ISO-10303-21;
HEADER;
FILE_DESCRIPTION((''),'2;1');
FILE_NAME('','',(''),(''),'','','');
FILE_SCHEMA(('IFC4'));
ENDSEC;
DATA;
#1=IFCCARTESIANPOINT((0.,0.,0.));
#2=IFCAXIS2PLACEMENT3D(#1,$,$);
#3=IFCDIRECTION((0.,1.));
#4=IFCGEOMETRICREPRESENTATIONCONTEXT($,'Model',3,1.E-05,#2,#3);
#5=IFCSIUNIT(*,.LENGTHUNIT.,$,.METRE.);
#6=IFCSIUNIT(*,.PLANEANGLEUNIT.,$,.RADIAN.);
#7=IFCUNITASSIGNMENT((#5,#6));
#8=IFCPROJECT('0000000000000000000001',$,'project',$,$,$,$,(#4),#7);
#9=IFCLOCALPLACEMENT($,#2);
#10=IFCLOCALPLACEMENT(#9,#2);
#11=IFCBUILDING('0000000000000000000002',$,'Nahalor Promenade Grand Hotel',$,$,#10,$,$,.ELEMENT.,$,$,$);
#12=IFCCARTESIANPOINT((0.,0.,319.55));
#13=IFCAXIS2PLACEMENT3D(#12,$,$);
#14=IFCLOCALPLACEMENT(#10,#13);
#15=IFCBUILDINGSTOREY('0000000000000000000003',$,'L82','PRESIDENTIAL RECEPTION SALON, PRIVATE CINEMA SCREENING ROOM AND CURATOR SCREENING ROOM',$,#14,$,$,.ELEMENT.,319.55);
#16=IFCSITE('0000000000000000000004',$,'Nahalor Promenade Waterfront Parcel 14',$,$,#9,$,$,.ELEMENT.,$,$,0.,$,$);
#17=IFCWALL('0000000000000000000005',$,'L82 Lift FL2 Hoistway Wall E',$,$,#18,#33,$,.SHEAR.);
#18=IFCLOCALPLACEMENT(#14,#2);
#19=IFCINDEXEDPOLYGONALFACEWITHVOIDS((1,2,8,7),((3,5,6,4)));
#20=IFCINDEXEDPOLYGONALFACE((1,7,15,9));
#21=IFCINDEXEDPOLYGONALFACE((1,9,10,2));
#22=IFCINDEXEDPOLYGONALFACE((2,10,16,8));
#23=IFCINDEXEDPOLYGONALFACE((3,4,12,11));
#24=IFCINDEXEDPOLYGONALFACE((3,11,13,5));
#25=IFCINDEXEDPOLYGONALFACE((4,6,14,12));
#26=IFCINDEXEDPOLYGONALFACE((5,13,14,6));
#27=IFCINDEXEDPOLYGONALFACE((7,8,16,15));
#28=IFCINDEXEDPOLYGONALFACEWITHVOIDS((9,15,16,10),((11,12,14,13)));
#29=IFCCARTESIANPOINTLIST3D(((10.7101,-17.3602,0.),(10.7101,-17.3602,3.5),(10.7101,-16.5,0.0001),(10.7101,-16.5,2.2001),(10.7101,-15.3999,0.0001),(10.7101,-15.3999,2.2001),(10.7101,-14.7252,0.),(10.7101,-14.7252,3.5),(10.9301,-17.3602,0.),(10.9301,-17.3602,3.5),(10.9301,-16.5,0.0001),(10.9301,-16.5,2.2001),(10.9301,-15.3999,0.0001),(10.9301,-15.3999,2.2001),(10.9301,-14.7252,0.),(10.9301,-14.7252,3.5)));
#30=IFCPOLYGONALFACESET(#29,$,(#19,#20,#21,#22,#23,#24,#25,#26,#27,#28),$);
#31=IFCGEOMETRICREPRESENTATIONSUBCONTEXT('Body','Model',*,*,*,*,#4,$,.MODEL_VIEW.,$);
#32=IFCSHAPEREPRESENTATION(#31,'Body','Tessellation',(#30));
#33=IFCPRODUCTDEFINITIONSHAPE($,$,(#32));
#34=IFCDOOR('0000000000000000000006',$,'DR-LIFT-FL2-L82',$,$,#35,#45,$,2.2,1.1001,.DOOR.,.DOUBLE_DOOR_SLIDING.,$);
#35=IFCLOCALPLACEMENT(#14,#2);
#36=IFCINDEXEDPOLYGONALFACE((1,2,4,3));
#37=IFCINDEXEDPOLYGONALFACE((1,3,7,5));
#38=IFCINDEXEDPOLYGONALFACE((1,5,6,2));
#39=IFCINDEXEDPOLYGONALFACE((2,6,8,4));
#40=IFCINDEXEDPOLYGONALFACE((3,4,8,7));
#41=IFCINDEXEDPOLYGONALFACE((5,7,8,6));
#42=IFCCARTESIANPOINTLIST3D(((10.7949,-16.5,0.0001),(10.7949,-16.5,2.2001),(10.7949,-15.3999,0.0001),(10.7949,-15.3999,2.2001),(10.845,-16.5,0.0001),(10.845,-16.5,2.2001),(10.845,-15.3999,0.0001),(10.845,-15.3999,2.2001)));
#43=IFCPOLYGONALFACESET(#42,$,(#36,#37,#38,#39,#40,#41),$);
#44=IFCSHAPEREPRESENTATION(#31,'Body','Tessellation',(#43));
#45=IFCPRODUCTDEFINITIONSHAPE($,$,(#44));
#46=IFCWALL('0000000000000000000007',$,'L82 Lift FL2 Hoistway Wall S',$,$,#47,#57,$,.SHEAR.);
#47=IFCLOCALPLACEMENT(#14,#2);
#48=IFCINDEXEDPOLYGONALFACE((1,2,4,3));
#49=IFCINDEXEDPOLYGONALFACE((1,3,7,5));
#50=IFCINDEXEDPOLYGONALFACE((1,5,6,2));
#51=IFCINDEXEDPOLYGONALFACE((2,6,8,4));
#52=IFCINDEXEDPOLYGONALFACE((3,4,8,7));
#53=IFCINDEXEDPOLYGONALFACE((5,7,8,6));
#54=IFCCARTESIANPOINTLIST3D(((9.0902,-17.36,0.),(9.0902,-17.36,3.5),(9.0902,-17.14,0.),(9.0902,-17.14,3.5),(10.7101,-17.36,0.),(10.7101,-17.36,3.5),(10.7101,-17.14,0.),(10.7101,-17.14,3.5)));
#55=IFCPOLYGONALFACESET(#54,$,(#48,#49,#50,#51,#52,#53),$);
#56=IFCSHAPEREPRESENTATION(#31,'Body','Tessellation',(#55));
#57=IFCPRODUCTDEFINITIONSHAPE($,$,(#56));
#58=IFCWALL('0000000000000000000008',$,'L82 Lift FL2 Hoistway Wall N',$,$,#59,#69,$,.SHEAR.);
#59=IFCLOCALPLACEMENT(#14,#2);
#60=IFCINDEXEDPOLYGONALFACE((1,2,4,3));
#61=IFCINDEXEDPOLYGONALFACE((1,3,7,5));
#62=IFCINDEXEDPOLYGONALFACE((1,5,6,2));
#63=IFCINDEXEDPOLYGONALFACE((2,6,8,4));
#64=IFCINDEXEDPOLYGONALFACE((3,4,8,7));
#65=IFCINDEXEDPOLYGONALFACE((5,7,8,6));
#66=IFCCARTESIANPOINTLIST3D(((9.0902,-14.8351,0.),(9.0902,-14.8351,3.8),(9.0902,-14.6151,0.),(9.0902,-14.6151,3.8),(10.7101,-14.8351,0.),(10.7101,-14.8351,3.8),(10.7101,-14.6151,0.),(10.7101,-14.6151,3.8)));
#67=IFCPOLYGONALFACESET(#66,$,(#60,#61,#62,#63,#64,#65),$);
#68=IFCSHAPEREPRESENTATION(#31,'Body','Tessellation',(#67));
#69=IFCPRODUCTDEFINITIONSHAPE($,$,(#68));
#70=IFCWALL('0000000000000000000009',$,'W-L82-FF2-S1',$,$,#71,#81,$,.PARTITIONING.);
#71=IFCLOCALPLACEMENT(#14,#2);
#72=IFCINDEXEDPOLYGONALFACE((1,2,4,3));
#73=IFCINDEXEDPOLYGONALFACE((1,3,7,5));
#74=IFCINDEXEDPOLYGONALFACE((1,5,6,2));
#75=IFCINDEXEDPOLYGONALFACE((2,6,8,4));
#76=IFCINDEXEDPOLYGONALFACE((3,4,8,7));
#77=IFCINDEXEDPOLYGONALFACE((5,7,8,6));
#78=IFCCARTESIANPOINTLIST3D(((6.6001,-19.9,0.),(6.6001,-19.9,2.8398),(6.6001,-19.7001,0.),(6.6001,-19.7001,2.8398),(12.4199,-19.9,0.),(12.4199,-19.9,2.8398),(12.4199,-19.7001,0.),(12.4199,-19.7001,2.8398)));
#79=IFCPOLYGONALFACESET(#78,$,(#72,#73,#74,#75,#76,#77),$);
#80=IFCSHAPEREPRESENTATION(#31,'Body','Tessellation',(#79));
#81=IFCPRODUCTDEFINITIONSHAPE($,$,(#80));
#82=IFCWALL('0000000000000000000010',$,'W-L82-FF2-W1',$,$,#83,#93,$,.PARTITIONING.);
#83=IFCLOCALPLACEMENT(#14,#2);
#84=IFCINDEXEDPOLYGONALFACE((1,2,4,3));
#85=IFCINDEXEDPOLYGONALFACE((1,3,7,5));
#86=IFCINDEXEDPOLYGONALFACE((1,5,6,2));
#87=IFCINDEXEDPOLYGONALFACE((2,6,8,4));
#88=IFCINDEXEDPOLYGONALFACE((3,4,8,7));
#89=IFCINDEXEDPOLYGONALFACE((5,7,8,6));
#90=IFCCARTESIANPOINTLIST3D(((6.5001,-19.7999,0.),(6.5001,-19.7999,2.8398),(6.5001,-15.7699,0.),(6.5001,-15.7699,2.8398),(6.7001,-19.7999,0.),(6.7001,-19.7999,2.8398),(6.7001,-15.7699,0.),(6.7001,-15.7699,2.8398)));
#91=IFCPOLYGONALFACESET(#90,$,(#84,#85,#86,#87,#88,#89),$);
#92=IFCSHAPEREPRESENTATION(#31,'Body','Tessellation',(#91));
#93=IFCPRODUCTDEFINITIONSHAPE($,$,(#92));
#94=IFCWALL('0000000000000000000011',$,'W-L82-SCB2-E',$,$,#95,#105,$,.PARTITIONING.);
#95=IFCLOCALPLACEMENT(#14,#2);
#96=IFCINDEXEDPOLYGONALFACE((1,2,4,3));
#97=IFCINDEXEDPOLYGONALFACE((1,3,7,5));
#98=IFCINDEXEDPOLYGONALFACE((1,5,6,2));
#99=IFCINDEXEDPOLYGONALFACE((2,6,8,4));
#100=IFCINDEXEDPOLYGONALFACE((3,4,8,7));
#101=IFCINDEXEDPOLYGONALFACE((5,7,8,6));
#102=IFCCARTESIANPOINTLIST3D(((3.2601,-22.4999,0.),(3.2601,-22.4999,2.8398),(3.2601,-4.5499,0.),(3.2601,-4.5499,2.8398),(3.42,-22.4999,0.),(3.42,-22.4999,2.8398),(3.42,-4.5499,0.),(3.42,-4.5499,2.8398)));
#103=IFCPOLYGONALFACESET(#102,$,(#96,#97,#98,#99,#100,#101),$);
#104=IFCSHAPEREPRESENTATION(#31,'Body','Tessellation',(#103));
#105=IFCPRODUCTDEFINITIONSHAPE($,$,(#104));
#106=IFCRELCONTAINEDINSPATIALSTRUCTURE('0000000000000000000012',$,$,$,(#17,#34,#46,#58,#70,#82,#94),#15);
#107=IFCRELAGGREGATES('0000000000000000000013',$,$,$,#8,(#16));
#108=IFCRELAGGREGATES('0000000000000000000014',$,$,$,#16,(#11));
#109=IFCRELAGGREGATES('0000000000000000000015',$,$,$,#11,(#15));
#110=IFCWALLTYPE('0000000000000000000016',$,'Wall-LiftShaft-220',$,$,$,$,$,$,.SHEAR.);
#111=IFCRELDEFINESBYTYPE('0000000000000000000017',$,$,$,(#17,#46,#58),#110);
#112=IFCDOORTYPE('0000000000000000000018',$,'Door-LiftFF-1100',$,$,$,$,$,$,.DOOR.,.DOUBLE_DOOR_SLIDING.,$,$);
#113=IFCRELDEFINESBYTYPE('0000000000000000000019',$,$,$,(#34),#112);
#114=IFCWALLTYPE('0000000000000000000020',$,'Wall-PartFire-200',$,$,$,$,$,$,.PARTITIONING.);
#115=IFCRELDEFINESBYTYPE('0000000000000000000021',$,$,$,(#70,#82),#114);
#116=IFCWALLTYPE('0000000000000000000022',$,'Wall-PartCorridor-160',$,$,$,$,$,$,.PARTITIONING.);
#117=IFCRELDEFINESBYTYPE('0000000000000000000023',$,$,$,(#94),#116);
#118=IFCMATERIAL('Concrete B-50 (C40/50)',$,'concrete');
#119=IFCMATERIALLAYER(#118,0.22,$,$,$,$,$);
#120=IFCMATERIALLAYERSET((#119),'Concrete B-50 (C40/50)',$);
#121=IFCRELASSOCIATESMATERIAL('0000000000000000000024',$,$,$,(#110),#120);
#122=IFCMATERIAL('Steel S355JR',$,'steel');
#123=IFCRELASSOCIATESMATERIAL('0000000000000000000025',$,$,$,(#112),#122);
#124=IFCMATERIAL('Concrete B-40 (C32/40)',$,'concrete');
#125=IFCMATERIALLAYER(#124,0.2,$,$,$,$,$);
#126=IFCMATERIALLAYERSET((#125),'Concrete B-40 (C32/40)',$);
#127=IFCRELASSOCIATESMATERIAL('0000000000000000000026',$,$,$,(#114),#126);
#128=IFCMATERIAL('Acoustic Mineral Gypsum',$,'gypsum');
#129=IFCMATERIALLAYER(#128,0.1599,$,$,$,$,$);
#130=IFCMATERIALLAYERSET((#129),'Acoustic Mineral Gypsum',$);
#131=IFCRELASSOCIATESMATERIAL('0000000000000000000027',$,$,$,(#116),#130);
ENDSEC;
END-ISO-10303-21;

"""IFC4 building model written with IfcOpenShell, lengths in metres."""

from ifc_helpers import new_model, si_unit, direction, frame, frame_2d, origin, place, context, subcontext, project, spatial, rectangle, extrude, source, transform, mapped, material, layer, layer_set, type_object, element, fill, save


model = new_model("IFC4")

# Units and contexts
model_context = context("Model", 3, precision=1e-05, world=origin(), true_north=direction((0.0, 1.0)))
body_context = subcontext(model_context, "Body", "Model", "MODEL_VIEW")
ifc_project = project(units=[si_unit("LENGTHUNIT", "METRE"), si_unit("PLANEANGLEUNIT", "RADIAN")], contexts=[model_context])

# Site, building, storey
site_placement = place(None, origin())
site = spatial("IfcSite", under=ifc_project, at=site_placement, Name="Nahalor Promenade Waterfront Parcel 14", CompositionType="ELEMENT", RefElevation=0.0)
building_placement = place(site_placement, origin())
building = spatial("IfcBuilding", under=site, at=building_placement, Name="Nahalor Promenade Grand Hotel", CompositionType="ELEMENT")
storey_placement = place(building_placement, frame((0.0, 0.0, 319.55)))
storey = spatial("IfcBuildingStorey", under=building, at=storey_placement, Name="L82", Description="PRESIDENTIAL RECEPTION SALON, PRIVATE CINEMA SCREENING ROOM AND CURATOR SCREENING ROOM", CompositionType="ELEMENT", Elevation=319.55)

# Shared definitions
ifc_material_1 = material(Name="Concrete B-50 (C40/50)", Category="concrete")
ifc_material_2 = material(Name="Steel S355JR", Category="steel")

# Shared definitions
ifc_layer_1 = layer(ifc_material_1, 0.22)
ifc_layer_set_1 = layer_set([ifc_layer_1], Name="Concrete B-50 (C40/50)")
wall_type_1 = type_object("IfcWallType", Name="Wall-LiftShaft-220", PredefinedType="SHEAR", material=ifc_layer_set_1)

# Shared definitions
shared_shape_1 = source(origin(), body_context, "Body", "SweptSolid", [
    extrude(rectangle(XDim=2.635, YDim=0.22, at=frame_2d((1.3174, 0.0))), origin(), (0.0, 0.0, 1.0), 3.5),
])

# Wall, opening, door
wall_1_placement = place(storey_placement, frame((10.8201, -17.3601, 0.0), z_axis=(0.0, 0.0, 1.0), x_axis=(0.0, 1.0, 0.0)))
wall_1 = element("IfcWall", 1, at=wall_1_placement, inside=storey, type_object=wall_type_1, Name="L82 Lift FL2 Hoistway Wall E", PredefinedType="SHEAR", context=body_context, shape_type="MappedRepresentation", body=[
    mapped(shared_shape_1, transform((0.0, 0.0, 0.0), scale=1.0)),
])
opening_1_placement = place(wall_1_placement, frame((0.8601, 0.0, 0.0)))
opening_1 = element("IfcOpeningElement", 2, at=opening_1_placement, cuts=wall_1, PredefinedType="OPENING", context=body_context, shape_type="SweptSolid", body=[
    extrude(rectangle(XDim=1.1001, YDim=2.2, at=frame_2d((0.55, 1.1001))), frame((0.0, 0.1199, 0.0), z_axis=(0.0, -1.0, 0.0), x_axis=(1.0, 0.0, 0.0)), (0.0, 0.0, 1.0), 0.24),
])
door_type_1 = type_object("IfcDoorType", Name="Door-LiftFF-1100", OperationType="DOUBLE_DOOR_SLIDING", PredefinedType="DOOR", material=ifc_material_2)
shared_shape_2 = source(origin(), body_context, "Body", "SweptSolid", [
    extrude(rectangle(XDim=1.1001, YDim=2.2, at=frame_2d((0.55, 1.1001))), frame((0.0, 0.0249, 0.0), z_axis=(0.0, -1.0, 0.0), x_axis=(1.0, 0.0, 0.0)), (0.0, 0.0, 1.0), 0.05),
])
door_1_placement = place(opening_1_placement, frame((1.1001, 0.0, 0.0), z_axis=(0.0, 0.0, 1.0), x_axis=(-1.0, 0.0, 0.0)))
door_1 = element("IfcDoor", 3, at=door_1_placement, inside=storey, type_object=door_type_1, Name="DR-LIFT-FL2-L82", OperationType="DOUBLE_DOOR_SLIDING", OverallHeight=2.2, OverallWidth=1.1001, PredefinedType="DOOR", context=body_context, shape_type="MappedRepresentation", body=[
    mapped(shared_shape_2, transform((0.0, 0.0, 0.0), scale=1.0)),
])
fill(opening_1, door_1)

# Walls
shared_shape_3 = source(origin(), body_context, "Body", "SweptSolid", [
    extrude(rectangle(XDim=1.6199, YDim=0.22, at=frame_2d((0.8101, 0.0))), origin(), (0.0, 0.0, 1.0), 3.5),
])
wall_2_placement = place(storey_placement, frame((9.0901, -17.25, 0.0), z_axis=(0.0, 0.0, 1.0), x_axis=(1.0, 0.0, 0.0)))
element("IfcWall", 4, at=wall_2_placement, inside=storey, type_object=wall_type_1, Name="L82 Lift FL2 Hoistway Wall S", PredefinedType="SHEAR", context=body_context, shape_type="MappedRepresentation", body=[
    mapped(shared_shape_3, transform((0.0, 0.0, 0.0), scale=1.0)),
])
shared_shape_4 = source(origin(), body_context, "Body", "SweptSolid", [
    extrude(rectangle(XDim=1.6199, YDim=0.22, at=frame_2d((0.8101, 0.0))), origin(), (0.0, 0.0, 1.0), 3.8),
])
wall_3_placement = place(storey_placement, frame((9.0901, -14.7251, 0.0), z_axis=(0.0, 0.0, 1.0), x_axis=(1.0, 0.0, 0.0)))
element("IfcWall", 5, at=wall_3_placement, inside=storey, type_object=wall_type_1, Name="L82 Lift FL2 Hoistway Wall N", PredefinedType="SHEAR", context=body_context, shape_type="MappedRepresentation", body=[
    mapped(shared_shape_4, transform((0.0, 0.0, 0.0), scale=1.0)),
])
ifc_material_3 = material(Name="Concrete B-40 (C32/40)", Category="concrete")
ifc_layer_2 = layer(ifc_material_3, 0.2)
ifc_layer_set_2 = layer_set([ifc_layer_2], Name="Concrete B-40 (C32/40)")
wall_type_2 = type_object("IfcWallType", Name="Wall-PartFire-200", PredefinedType="PARTITIONING", material=ifc_layer_set_2)
shared_shape_5 = source(origin(), body_context, "Body", "SweptSolid", [
    extrude(rectangle(XDim=5.8198, YDim=0.2, at=frame_2d((2.9099, 0.0))), origin(), (0.0, 0.0, 1.0), 2.8398),
])
wall_4_placement = place(storey_placement, frame((6.6001, -19.8, 0.0), z_axis=(0.0, 0.0, 1.0), x_axis=(1.0, 0.0, 0.0)))
element("IfcWall", 6, at=wall_4_placement, inside=storey, type_object=wall_type_2, Name="W-L82-FF2-S1", PredefinedType="PARTITIONING", context=body_context, shape_type="MappedRepresentation", body=[
    mapped(shared_shape_5, transform((0.0, 0.0, 0.0), scale=1.0)),
])
shared_shape_6 = source(origin(), body_context, "Body", "SweptSolid", [
    extrude(rectangle(XDim=4.03, YDim=0.2, at=frame_2d((2.0151, 0.0))), origin(), (0.0, 0.0, 1.0), 2.8398),
])
wall_5_placement = place(storey_placement, frame((6.6001, -19.8, 0.0), z_axis=(0.0, 0.0, 1.0), x_axis=(0.0, 1.0, 0.0)))
element("IfcWall", 7, at=wall_5_placement, inside=storey, type_object=wall_type_2, Name="W-L82-FF2-W1", PredefinedType="PARTITIONING", context=body_context, shape_type="MappedRepresentation", body=[
    mapped(shared_shape_6, transform((0.0, 0.0, 0.0), scale=1.0)),
])
ifc_material_4 = material(Name="Acoustic Mineral Gypsum", Category="gypsum")
ifc_layer_3 = layer(ifc_material_4, 0.1599)
ifc_layer_set_3 = layer_set([ifc_layer_3], Name="Acoustic Mineral Gypsum")
wall_type_3 = type_object("IfcWallType", Name="Wall-PartCorridor-160", PredefinedType="PARTITIONING", material=ifc_layer_set_3)
shared_shape_7 = source(origin(), body_context, "Body", "SweptSolid", [
    extrude(rectangle(XDim=17.95, YDim=0.1599, at=frame_2d((8.9751, 0.0))), origin(), (0.0, 0.0, 1.0), 2.8398),
])
wall_6_placement = place(storey_placement, frame((3.3401, -22.5, 0.0), z_axis=(0.0, 0.0, 1.0), x_axis=(0.0, 1.0, 0.0)))
element("IfcWall", 8, at=wall_6_placement, inside=storey, type_object=wall_type_3, Name="W-L82-SCB2-E", PredefinedType="PARTITIONING", context=body_context, shape_type="MappedRepresentation", body=[
    mapped(shared_shape_7, transform((0.0, 0.0, 0.0), scale=1.0)),
])

save(model, "model.ifc")
